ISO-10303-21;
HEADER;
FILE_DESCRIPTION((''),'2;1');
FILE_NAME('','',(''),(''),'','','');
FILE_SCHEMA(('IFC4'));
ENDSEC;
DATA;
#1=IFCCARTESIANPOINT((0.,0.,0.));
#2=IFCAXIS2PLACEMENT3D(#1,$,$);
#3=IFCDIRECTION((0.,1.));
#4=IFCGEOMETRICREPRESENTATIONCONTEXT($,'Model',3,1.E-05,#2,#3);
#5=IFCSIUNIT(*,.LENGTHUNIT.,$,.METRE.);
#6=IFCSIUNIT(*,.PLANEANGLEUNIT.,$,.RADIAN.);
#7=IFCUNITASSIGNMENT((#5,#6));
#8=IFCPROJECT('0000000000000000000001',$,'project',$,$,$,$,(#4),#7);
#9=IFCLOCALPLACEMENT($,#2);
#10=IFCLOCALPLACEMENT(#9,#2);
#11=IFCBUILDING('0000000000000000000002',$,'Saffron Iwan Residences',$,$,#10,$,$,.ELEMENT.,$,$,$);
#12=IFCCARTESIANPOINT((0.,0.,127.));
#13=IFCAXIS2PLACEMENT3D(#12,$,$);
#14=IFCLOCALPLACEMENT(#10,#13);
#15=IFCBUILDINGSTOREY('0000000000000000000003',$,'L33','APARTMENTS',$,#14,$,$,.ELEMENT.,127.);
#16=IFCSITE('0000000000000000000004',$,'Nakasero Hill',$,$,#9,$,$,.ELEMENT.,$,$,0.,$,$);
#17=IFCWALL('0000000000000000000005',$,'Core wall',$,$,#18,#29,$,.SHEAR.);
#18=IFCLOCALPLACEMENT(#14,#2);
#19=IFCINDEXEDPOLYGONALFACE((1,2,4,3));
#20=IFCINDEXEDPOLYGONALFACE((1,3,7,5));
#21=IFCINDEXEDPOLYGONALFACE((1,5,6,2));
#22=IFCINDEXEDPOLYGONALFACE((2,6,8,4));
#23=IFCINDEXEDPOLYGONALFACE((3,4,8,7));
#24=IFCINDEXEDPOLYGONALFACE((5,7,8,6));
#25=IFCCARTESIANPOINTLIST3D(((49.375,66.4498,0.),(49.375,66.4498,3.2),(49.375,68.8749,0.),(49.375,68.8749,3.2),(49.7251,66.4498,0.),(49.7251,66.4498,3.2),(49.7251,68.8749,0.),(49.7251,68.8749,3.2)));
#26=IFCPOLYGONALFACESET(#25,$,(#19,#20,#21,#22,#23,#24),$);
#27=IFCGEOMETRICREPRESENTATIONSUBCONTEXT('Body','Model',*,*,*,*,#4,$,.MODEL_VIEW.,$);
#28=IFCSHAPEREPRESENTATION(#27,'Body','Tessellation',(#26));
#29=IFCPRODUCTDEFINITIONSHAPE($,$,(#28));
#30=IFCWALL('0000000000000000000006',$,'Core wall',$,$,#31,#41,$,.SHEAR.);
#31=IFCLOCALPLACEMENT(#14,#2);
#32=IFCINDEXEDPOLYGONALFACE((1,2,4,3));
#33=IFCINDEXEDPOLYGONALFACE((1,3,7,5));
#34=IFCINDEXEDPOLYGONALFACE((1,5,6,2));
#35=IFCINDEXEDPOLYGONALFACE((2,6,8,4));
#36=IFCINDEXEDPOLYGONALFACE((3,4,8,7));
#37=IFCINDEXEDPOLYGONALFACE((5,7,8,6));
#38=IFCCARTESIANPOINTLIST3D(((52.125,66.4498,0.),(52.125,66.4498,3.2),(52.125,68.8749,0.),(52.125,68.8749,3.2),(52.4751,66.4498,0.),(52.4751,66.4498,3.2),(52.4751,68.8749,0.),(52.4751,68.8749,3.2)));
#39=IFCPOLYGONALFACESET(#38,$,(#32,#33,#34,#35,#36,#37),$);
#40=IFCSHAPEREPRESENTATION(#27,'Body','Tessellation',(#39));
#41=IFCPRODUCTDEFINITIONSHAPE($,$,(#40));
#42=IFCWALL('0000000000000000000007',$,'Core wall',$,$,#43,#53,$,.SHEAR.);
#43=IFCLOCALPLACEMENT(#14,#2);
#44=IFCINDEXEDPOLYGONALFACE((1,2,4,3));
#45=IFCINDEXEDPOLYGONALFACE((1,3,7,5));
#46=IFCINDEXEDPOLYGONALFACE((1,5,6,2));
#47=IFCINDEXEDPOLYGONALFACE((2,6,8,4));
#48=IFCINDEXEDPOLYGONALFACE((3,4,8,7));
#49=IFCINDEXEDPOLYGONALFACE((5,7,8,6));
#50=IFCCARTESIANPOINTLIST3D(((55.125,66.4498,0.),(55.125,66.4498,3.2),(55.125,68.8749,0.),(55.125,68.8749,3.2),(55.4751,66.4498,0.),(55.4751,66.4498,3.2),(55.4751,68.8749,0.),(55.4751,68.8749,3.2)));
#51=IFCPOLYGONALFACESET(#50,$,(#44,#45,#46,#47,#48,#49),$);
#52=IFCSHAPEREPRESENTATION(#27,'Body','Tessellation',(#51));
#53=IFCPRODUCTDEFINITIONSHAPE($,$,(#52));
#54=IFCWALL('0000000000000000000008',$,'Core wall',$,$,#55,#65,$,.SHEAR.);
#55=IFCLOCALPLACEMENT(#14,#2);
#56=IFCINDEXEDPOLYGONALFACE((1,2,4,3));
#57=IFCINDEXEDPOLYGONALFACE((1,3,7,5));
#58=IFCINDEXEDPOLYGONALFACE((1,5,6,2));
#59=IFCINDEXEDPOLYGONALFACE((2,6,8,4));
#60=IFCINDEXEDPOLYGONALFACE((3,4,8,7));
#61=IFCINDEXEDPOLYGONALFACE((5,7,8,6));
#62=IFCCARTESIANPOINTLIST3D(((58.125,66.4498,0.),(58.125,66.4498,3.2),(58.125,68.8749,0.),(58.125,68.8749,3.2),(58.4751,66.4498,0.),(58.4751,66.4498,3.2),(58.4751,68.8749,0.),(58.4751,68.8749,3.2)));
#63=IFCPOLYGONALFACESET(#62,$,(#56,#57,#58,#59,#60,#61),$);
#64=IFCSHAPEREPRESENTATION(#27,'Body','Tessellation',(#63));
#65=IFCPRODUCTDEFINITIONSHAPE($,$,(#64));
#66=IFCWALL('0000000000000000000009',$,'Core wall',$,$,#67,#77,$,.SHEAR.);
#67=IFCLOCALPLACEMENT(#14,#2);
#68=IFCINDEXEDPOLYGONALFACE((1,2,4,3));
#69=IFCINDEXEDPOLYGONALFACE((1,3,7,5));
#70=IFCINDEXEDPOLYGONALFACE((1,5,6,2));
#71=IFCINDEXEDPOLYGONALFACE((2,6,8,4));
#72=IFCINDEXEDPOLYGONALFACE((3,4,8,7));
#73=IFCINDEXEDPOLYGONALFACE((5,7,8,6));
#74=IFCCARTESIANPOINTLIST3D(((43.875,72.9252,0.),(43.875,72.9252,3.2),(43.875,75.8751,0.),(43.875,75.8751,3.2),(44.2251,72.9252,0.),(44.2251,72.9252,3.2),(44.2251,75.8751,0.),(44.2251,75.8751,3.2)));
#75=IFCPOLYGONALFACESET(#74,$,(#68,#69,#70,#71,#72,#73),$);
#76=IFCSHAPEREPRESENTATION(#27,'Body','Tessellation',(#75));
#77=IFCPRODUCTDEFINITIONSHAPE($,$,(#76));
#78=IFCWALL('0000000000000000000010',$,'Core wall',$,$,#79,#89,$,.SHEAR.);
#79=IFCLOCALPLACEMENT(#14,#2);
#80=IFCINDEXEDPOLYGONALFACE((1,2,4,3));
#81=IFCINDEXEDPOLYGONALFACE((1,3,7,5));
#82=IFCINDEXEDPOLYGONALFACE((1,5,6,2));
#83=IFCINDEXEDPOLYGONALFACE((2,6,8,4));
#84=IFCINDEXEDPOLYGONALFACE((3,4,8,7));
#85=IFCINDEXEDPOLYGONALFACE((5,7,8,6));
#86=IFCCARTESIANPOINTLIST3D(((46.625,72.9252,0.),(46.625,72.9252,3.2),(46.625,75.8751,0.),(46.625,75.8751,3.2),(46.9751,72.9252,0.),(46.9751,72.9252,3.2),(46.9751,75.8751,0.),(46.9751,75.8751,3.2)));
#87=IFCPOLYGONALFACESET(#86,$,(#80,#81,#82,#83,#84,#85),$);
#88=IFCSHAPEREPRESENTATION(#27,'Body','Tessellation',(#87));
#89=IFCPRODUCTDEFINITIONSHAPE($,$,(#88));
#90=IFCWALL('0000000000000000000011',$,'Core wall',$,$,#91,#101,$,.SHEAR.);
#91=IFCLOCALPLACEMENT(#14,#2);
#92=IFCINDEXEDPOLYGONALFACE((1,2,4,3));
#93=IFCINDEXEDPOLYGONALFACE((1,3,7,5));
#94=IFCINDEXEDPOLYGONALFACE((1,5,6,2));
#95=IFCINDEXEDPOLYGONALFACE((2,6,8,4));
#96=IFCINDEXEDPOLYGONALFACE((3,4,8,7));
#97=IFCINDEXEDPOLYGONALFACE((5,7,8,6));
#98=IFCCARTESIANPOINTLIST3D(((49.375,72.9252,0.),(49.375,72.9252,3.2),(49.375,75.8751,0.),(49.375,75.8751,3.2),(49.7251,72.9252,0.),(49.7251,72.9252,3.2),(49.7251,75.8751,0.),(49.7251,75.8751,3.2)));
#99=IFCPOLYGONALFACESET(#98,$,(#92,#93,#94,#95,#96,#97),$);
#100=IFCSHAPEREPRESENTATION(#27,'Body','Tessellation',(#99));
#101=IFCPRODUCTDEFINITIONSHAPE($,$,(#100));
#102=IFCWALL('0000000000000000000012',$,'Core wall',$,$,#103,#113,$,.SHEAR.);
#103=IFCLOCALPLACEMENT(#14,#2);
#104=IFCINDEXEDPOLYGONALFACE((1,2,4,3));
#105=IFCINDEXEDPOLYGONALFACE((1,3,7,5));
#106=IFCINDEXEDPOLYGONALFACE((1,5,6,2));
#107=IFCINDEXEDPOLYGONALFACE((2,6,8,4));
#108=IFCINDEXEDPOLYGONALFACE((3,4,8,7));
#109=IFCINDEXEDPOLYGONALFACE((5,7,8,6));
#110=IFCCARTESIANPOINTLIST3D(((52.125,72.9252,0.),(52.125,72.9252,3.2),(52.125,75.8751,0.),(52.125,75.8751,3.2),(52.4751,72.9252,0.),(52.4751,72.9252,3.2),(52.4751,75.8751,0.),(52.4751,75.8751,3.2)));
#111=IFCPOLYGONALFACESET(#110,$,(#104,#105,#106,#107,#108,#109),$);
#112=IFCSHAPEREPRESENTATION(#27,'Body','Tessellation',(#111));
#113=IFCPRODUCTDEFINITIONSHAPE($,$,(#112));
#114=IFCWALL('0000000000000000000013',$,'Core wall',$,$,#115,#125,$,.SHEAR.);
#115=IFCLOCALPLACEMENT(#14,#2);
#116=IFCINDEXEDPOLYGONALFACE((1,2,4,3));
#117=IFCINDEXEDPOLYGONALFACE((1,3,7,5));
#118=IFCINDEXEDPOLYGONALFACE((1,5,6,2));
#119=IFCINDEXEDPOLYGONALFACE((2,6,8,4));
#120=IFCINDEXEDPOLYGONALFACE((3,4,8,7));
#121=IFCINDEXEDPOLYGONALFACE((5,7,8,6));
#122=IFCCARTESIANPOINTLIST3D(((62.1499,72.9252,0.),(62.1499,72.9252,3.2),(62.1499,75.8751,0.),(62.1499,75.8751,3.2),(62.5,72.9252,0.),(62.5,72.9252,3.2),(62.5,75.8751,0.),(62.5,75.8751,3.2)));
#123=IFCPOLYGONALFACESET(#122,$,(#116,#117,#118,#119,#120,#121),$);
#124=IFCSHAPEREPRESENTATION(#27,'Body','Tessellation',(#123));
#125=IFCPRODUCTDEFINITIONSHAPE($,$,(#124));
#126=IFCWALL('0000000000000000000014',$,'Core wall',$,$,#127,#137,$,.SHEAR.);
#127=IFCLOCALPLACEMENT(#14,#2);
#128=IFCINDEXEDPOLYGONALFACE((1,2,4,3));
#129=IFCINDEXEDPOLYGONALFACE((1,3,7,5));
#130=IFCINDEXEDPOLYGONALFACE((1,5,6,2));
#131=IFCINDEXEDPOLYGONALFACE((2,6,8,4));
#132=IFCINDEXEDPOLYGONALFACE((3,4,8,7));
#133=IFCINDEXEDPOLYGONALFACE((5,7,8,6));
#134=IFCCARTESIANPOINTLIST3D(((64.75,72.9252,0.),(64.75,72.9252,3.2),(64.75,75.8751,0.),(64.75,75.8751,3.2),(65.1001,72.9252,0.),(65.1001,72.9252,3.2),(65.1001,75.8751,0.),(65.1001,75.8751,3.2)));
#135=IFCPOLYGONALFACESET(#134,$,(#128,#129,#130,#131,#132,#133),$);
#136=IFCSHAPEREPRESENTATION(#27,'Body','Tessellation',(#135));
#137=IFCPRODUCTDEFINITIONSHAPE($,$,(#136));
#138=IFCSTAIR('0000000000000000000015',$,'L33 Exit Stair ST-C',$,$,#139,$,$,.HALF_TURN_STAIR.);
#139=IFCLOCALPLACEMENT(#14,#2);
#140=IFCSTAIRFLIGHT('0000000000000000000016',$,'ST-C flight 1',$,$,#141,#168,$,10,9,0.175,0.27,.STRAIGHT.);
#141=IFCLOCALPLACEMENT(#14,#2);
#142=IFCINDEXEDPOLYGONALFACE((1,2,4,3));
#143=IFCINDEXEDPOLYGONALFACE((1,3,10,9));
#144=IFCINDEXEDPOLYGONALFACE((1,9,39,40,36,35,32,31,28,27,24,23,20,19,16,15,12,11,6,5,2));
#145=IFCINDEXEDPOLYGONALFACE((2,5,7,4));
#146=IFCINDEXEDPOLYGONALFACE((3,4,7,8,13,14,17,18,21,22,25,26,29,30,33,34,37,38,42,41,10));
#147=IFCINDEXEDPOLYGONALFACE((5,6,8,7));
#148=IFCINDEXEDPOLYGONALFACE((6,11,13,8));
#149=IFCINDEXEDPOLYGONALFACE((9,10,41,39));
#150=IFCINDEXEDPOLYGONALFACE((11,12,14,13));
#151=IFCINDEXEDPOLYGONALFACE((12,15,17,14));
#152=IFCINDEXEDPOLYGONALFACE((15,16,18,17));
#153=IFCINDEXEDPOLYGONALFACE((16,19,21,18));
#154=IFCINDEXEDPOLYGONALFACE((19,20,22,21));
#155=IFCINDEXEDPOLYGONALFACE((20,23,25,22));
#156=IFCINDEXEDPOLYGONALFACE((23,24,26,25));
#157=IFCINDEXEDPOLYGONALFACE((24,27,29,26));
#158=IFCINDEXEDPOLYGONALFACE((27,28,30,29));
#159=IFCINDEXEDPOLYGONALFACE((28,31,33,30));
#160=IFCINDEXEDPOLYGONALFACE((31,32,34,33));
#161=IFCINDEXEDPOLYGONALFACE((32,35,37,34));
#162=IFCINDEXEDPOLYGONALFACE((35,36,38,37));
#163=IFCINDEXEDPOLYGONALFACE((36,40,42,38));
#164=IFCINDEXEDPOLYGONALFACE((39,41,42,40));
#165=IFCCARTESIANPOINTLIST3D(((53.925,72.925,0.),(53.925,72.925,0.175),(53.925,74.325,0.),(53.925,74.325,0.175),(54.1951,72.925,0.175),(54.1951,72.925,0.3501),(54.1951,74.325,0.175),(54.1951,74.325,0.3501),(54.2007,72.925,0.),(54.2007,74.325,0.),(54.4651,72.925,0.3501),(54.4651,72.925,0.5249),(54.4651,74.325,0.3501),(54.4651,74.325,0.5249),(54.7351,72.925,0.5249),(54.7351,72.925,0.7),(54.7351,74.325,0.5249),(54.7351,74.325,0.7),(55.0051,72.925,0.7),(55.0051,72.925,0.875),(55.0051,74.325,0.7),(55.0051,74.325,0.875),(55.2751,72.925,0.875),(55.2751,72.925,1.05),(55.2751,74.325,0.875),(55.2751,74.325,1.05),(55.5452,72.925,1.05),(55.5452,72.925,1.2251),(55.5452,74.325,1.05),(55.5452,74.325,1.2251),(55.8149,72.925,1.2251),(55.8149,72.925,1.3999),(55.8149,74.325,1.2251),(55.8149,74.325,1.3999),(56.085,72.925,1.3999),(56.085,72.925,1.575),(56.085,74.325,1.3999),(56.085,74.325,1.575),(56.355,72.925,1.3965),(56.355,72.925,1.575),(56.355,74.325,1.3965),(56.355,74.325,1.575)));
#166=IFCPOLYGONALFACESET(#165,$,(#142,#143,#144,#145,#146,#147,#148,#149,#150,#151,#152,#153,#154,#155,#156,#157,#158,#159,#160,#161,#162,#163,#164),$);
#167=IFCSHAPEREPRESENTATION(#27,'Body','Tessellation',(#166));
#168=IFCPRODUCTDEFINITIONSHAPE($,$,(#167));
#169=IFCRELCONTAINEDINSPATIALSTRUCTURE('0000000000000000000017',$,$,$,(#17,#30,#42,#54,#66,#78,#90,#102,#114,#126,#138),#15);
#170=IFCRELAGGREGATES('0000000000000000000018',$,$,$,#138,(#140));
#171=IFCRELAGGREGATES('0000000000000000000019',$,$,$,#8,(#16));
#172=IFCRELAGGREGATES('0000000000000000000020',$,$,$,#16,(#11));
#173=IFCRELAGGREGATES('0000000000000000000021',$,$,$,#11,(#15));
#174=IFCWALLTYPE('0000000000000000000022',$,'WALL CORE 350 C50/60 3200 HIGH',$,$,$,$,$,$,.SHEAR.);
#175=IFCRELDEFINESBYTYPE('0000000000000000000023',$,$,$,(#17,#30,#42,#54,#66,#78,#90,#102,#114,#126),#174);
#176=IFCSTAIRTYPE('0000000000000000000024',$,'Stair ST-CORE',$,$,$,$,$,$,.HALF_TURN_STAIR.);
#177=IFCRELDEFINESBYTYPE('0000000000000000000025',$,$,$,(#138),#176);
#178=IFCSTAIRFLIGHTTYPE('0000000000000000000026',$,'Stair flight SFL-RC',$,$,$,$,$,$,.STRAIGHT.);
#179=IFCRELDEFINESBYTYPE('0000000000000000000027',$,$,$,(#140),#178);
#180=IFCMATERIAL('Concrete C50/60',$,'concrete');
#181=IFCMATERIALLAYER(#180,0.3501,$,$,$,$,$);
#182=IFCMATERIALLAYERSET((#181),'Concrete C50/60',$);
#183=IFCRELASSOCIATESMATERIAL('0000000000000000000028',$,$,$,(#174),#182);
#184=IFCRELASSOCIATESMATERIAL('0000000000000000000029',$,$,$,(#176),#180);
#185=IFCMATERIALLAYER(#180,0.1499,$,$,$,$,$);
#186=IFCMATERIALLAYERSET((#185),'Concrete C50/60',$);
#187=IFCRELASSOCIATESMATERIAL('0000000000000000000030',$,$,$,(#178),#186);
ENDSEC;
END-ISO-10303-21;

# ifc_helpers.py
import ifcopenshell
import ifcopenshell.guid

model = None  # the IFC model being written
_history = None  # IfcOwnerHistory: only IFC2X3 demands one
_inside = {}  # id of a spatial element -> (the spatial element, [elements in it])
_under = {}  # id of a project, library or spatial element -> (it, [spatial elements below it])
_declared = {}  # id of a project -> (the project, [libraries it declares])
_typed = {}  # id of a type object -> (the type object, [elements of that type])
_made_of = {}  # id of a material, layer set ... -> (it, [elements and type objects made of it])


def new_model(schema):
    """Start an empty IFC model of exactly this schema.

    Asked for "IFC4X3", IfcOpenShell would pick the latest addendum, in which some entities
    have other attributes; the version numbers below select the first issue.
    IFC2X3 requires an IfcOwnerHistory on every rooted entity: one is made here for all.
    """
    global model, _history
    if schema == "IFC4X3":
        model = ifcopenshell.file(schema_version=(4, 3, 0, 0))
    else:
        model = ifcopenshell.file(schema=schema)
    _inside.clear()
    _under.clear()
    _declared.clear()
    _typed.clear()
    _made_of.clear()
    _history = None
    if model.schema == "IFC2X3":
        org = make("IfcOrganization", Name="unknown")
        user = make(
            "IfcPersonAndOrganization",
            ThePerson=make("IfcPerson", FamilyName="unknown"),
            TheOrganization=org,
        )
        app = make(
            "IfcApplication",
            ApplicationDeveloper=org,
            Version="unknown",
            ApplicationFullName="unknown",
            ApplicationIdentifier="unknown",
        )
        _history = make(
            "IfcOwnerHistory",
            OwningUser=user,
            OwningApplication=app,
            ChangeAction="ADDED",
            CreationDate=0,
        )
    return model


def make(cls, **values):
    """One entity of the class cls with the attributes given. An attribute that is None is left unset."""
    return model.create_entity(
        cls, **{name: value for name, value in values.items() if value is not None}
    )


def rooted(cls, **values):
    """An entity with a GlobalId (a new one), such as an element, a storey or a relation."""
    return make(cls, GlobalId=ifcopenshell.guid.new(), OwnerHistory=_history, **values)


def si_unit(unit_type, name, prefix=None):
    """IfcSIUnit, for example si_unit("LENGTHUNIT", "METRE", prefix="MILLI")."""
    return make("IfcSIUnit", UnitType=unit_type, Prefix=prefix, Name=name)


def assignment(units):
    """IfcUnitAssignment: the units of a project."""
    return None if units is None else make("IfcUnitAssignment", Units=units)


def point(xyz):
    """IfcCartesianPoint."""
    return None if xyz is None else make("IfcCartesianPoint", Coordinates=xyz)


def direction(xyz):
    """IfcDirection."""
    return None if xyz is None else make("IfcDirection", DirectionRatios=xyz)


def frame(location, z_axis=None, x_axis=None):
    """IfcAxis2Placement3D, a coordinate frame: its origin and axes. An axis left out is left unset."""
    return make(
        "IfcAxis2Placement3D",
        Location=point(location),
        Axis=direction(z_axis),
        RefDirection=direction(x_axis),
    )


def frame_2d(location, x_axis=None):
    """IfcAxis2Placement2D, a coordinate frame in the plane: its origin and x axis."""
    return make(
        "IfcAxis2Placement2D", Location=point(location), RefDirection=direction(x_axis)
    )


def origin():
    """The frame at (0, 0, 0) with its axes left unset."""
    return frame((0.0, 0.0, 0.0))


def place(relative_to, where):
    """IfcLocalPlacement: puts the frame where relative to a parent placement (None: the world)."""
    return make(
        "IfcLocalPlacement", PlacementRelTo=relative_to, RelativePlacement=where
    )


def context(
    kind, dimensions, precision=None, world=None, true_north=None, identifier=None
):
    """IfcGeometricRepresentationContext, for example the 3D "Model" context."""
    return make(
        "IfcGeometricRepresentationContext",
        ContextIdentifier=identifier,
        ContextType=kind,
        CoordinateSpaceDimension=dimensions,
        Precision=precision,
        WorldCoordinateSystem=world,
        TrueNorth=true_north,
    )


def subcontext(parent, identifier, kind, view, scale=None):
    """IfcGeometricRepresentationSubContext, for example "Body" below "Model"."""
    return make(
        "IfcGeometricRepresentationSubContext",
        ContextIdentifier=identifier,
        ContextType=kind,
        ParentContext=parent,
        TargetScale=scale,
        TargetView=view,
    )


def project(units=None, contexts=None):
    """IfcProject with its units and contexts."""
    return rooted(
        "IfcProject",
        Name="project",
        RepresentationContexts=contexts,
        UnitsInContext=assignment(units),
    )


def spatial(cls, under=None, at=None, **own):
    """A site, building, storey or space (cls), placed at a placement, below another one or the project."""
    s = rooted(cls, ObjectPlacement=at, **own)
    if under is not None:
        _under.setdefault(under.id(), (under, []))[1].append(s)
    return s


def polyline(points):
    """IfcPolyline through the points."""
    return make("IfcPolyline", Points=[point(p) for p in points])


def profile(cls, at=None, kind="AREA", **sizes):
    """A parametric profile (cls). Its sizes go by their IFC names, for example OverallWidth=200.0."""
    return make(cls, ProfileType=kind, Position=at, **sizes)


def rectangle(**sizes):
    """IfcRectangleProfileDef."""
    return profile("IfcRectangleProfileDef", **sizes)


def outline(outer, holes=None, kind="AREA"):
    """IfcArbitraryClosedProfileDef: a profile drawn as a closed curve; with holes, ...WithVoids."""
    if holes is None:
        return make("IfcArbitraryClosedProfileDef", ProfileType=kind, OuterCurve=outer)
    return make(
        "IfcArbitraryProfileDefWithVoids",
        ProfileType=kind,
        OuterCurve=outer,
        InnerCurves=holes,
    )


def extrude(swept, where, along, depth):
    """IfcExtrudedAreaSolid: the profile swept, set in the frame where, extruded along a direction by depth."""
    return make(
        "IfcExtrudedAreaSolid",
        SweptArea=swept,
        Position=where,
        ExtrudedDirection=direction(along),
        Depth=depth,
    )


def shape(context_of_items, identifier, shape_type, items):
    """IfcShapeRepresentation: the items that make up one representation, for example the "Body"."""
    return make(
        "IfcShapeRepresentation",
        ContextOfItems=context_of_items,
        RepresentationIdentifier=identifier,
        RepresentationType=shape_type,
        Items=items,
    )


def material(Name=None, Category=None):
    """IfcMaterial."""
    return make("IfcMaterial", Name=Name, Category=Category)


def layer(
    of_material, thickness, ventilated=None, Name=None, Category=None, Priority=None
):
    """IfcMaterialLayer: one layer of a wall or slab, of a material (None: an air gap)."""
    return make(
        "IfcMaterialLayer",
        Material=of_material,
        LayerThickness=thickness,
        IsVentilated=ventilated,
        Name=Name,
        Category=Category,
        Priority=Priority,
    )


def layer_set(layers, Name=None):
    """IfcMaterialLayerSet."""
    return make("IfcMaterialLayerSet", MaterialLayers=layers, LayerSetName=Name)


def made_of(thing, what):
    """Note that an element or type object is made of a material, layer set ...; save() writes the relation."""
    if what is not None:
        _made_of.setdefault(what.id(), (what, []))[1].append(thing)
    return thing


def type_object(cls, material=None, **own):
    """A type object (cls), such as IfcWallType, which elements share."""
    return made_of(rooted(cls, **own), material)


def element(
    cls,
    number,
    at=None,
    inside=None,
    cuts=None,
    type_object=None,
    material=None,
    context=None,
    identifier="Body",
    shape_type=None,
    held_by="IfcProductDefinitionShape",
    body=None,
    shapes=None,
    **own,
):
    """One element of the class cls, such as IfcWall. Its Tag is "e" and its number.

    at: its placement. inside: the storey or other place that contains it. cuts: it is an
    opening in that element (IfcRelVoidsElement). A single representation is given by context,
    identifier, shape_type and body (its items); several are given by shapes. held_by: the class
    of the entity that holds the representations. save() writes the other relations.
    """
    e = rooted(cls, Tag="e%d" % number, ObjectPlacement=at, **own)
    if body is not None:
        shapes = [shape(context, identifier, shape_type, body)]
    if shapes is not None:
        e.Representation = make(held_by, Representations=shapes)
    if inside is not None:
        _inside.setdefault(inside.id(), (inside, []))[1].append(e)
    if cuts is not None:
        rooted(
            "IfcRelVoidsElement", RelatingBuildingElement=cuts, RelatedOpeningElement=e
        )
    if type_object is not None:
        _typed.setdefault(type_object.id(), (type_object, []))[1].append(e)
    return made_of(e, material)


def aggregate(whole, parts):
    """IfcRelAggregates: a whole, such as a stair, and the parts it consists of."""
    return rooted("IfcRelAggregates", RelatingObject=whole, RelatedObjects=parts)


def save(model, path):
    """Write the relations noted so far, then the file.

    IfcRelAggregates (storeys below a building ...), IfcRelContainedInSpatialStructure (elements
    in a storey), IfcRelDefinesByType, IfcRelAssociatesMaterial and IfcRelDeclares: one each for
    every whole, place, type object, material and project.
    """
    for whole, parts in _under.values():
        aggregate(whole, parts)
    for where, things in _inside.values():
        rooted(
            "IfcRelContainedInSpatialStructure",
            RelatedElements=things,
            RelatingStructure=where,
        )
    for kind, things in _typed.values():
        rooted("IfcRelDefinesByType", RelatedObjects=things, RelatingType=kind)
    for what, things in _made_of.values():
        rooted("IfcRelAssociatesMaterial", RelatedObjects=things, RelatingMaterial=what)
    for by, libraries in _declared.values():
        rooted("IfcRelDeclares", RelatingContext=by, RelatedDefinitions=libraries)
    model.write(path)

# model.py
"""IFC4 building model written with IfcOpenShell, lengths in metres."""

from ifc_helpers import new_model, si_unit, direction, frame, frame_2d, origin, place, context, subcontext, project, spatial, polyline, rectangle, outline, extrude, material, layer, layer_set, type_object, element, aggregate, save


model = new_model("IFC4")

# Units and contexts
model_context = context("Model", 3, precision=1e-05, world=origin(), true_north=direction((0.0, 1.0)))
body_context = subcontext(model_context, "Body", "Model", "MODEL_VIEW")
ifc_project = project(units=[si_unit("LENGTHUNIT", "METRE"), si_unit("PLANEANGLEUNIT", "RADIAN")], contexts=[model_context])

# Site, building, storey
site_placement = place(None, origin())
site = spatial("IfcSite", under=ifc_project, at=site_placement, Name="Nakasero Hill", CompositionType="ELEMENT", RefElevation=0.0)
building_placement = place(site_placement, origin())
building = spatial("IfcBuilding", under=site, at=building_placement, Name="Saffron Iwan Residences", CompositionType="ELEMENT")
storey_placement = place(building_placement, frame((0.0, 0.0, 127.0)))
storey = spatial("IfcBuildingStorey", under=building, at=storey_placement, Name="L33", Description="APARTMENTS", CompositionType="ELEMENT", Elevation=127.0)

# Shared definitions
ifc_material_1 = material(Name="Concrete C50/60", Category="concrete")

# Shared definitions
ifc_layer_1 = layer(ifc_material_1, 0.3501)
ifc_layer_set_1 = layer_set([ifc_layer_1], Name="Concrete C50/60")
wall_type_1 = type_object("IfcWallType", Name="WALL CORE 350 C50/60 3200 HIGH", PredefinedType="SHEAR", material=ifc_layer_set_1)

# Walls
for number, where, z_axis, x_axis, name in (
    (1, (49.55, 66.45, 0.0), (0.0, 0.0, 1.0), (0.0, 1.0, 0.0), "Core wall"),
    (2, (52.3, 66.45, 0.0), (0.0, 0.0, 1.0), (0.0, 1.0, 0.0), "Core wall"),
    (3, (55.3, 66.45, 0.0), (0.0, 0.0, 1.0), (0.0, 1.0, 0.0), "Core wall"),
    (4, (58.3, 66.45, 0.0), (0.0, 0.0, 1.0), (0.0, 1.0, 0.0), "Core wall"),
):
    element("IfcWall", number, at=place(storey_placement, frame(where, z_axis=z_axis, x_axis=x_axis)), inside=storey, type_object=wall_type_1, Name=name, PredefinedType="SHEAR", context=body_context, shape_type="SweptSolid", body=[
        extrude(rectangle(XDim=2.425, YDim=0.3501, at=frame_2d((1.2124, 0.0))), origin(), (0.0, 0.0, 1.0), 3.2),
    ])
for number, where, z_axis, x_axis, name in (
    (5, (44.05, 72.925, 0.0), (0.0, 0.0, 1.0), (0.0, 1.0, 0.0), "Core wall"),
    (6, (46.8, 72.925, 0.0), (0.0, 0.0, 1.0), (0.0, 1.0, 0.0), "Core wall"),
    (7, (49.55, 72.925, 0.0), (0.0, 0.0, 1.0), (0.0, 1.0, 0.0), "Core wall"),
    (8, (52.3, 72.925, 0.0), (0.0, 0.0, 1.0), (0.0, 1.0, 0.0), "Core wall"),
    (9, (62.325, 72.925, 0.0), (0.0, 0.0, 1.0), (0.0, 1.0, 0.0), "Core wall"),
    (10, (64.925, 72.925, 0.0), (0.0, 0.0, 1.0), (0.0, 1.0, 0.0), "Core wall"),
):
    element("IfcWall", number, at=place(storey_placement, frame(where, z_axis=z_axis, x_axis=x_axis)), inside=storey, type_object=wall_type_1, Name=name, PredefinedType="SHEAR", context=body_context, shape_type="SweptSolid", body=[
        extrude(rectangle(XDim=2.95, YDim=0.3501, at=frame_2d((1.4751, 0.0))), origin(), (0.0, 0.0, 1.0), 3.2),
    ])

# Stair, stair flight
stair_type = type_object("IfcStairType", Name="Stair ST-CORE", PredefinedType="HALF_TURN_STAIR", material=ifc_material_1)
stair_placement = place(storey_placement, origin())
stair = element("IfcStair", 11, at=stair_placement, inside=storey, type_object=stair_type, Name="L33 Exit Stair ST-C", PredefinedType="HALF_TURN_STAIR")
ifc_layer_2 = layer(ifc_material_1, 0.1499)
ifc_layer_set_2 = layer_set([ifc_layer_2], Name="Concrete C50/60")
stair_flight_type = type_object("IfcStairFlightType", Name="Stair flight SFL-RC", PredefinedType="STRAIGHT", material=ifc_layer_set_2)
stair_flight_placement = place(storey_placement, frame((53.925, 73.625, 0.0), z_axis=(0.0, 0.0, 1.0), x_axis=(1.0, 0.0, 0.0)))
stair_flight = element("IfcStairFlight", 12, at=stair_flight_placement, type_object=stair_flight_type, Name="ST-C flight 1", NumberOfRisers=10, NumberOfTreads=9, PredefinedType="STRAIGHT", RiserHeight=0.175, TreadLength=0.27, context=body_context, shape_type="SweptSolid", body=[
    extrude(outline(polyline([(0.0, 0.0), (0.0, 0.175), (0.27, 0.175), (0.27, 0.3501), (0.54, 0.3501), (0.54, 0.5249), (0.8101, 0.5249), (0.8101, 0.7), (1.0801, 0.7), (1.0801, 0.875), (1.3501, 0.875), (1.3501, 1.05), (1.6201, 1.05), (1.6201, 1.2251), (1.8899, 1.2251), (1.8899, 1.3999), (2.1599, 1.3999), (2.1599, 1.575), (2.4299, 1.575), (2.4299, 1.75), (2.4299, 1.3965), (0.2756, 0.0), (0.0, 0.0)])), frame((0.0, 0.7, 0.0), z_axis=(0.0, -1.0, 0.0), x_axis=(1.0, 0.0, 0.0)), (0.0, 0.0, 1.0), 1.3999),
])
aggregate(stair, [stair_flight])

save(model, "model.ifc")
